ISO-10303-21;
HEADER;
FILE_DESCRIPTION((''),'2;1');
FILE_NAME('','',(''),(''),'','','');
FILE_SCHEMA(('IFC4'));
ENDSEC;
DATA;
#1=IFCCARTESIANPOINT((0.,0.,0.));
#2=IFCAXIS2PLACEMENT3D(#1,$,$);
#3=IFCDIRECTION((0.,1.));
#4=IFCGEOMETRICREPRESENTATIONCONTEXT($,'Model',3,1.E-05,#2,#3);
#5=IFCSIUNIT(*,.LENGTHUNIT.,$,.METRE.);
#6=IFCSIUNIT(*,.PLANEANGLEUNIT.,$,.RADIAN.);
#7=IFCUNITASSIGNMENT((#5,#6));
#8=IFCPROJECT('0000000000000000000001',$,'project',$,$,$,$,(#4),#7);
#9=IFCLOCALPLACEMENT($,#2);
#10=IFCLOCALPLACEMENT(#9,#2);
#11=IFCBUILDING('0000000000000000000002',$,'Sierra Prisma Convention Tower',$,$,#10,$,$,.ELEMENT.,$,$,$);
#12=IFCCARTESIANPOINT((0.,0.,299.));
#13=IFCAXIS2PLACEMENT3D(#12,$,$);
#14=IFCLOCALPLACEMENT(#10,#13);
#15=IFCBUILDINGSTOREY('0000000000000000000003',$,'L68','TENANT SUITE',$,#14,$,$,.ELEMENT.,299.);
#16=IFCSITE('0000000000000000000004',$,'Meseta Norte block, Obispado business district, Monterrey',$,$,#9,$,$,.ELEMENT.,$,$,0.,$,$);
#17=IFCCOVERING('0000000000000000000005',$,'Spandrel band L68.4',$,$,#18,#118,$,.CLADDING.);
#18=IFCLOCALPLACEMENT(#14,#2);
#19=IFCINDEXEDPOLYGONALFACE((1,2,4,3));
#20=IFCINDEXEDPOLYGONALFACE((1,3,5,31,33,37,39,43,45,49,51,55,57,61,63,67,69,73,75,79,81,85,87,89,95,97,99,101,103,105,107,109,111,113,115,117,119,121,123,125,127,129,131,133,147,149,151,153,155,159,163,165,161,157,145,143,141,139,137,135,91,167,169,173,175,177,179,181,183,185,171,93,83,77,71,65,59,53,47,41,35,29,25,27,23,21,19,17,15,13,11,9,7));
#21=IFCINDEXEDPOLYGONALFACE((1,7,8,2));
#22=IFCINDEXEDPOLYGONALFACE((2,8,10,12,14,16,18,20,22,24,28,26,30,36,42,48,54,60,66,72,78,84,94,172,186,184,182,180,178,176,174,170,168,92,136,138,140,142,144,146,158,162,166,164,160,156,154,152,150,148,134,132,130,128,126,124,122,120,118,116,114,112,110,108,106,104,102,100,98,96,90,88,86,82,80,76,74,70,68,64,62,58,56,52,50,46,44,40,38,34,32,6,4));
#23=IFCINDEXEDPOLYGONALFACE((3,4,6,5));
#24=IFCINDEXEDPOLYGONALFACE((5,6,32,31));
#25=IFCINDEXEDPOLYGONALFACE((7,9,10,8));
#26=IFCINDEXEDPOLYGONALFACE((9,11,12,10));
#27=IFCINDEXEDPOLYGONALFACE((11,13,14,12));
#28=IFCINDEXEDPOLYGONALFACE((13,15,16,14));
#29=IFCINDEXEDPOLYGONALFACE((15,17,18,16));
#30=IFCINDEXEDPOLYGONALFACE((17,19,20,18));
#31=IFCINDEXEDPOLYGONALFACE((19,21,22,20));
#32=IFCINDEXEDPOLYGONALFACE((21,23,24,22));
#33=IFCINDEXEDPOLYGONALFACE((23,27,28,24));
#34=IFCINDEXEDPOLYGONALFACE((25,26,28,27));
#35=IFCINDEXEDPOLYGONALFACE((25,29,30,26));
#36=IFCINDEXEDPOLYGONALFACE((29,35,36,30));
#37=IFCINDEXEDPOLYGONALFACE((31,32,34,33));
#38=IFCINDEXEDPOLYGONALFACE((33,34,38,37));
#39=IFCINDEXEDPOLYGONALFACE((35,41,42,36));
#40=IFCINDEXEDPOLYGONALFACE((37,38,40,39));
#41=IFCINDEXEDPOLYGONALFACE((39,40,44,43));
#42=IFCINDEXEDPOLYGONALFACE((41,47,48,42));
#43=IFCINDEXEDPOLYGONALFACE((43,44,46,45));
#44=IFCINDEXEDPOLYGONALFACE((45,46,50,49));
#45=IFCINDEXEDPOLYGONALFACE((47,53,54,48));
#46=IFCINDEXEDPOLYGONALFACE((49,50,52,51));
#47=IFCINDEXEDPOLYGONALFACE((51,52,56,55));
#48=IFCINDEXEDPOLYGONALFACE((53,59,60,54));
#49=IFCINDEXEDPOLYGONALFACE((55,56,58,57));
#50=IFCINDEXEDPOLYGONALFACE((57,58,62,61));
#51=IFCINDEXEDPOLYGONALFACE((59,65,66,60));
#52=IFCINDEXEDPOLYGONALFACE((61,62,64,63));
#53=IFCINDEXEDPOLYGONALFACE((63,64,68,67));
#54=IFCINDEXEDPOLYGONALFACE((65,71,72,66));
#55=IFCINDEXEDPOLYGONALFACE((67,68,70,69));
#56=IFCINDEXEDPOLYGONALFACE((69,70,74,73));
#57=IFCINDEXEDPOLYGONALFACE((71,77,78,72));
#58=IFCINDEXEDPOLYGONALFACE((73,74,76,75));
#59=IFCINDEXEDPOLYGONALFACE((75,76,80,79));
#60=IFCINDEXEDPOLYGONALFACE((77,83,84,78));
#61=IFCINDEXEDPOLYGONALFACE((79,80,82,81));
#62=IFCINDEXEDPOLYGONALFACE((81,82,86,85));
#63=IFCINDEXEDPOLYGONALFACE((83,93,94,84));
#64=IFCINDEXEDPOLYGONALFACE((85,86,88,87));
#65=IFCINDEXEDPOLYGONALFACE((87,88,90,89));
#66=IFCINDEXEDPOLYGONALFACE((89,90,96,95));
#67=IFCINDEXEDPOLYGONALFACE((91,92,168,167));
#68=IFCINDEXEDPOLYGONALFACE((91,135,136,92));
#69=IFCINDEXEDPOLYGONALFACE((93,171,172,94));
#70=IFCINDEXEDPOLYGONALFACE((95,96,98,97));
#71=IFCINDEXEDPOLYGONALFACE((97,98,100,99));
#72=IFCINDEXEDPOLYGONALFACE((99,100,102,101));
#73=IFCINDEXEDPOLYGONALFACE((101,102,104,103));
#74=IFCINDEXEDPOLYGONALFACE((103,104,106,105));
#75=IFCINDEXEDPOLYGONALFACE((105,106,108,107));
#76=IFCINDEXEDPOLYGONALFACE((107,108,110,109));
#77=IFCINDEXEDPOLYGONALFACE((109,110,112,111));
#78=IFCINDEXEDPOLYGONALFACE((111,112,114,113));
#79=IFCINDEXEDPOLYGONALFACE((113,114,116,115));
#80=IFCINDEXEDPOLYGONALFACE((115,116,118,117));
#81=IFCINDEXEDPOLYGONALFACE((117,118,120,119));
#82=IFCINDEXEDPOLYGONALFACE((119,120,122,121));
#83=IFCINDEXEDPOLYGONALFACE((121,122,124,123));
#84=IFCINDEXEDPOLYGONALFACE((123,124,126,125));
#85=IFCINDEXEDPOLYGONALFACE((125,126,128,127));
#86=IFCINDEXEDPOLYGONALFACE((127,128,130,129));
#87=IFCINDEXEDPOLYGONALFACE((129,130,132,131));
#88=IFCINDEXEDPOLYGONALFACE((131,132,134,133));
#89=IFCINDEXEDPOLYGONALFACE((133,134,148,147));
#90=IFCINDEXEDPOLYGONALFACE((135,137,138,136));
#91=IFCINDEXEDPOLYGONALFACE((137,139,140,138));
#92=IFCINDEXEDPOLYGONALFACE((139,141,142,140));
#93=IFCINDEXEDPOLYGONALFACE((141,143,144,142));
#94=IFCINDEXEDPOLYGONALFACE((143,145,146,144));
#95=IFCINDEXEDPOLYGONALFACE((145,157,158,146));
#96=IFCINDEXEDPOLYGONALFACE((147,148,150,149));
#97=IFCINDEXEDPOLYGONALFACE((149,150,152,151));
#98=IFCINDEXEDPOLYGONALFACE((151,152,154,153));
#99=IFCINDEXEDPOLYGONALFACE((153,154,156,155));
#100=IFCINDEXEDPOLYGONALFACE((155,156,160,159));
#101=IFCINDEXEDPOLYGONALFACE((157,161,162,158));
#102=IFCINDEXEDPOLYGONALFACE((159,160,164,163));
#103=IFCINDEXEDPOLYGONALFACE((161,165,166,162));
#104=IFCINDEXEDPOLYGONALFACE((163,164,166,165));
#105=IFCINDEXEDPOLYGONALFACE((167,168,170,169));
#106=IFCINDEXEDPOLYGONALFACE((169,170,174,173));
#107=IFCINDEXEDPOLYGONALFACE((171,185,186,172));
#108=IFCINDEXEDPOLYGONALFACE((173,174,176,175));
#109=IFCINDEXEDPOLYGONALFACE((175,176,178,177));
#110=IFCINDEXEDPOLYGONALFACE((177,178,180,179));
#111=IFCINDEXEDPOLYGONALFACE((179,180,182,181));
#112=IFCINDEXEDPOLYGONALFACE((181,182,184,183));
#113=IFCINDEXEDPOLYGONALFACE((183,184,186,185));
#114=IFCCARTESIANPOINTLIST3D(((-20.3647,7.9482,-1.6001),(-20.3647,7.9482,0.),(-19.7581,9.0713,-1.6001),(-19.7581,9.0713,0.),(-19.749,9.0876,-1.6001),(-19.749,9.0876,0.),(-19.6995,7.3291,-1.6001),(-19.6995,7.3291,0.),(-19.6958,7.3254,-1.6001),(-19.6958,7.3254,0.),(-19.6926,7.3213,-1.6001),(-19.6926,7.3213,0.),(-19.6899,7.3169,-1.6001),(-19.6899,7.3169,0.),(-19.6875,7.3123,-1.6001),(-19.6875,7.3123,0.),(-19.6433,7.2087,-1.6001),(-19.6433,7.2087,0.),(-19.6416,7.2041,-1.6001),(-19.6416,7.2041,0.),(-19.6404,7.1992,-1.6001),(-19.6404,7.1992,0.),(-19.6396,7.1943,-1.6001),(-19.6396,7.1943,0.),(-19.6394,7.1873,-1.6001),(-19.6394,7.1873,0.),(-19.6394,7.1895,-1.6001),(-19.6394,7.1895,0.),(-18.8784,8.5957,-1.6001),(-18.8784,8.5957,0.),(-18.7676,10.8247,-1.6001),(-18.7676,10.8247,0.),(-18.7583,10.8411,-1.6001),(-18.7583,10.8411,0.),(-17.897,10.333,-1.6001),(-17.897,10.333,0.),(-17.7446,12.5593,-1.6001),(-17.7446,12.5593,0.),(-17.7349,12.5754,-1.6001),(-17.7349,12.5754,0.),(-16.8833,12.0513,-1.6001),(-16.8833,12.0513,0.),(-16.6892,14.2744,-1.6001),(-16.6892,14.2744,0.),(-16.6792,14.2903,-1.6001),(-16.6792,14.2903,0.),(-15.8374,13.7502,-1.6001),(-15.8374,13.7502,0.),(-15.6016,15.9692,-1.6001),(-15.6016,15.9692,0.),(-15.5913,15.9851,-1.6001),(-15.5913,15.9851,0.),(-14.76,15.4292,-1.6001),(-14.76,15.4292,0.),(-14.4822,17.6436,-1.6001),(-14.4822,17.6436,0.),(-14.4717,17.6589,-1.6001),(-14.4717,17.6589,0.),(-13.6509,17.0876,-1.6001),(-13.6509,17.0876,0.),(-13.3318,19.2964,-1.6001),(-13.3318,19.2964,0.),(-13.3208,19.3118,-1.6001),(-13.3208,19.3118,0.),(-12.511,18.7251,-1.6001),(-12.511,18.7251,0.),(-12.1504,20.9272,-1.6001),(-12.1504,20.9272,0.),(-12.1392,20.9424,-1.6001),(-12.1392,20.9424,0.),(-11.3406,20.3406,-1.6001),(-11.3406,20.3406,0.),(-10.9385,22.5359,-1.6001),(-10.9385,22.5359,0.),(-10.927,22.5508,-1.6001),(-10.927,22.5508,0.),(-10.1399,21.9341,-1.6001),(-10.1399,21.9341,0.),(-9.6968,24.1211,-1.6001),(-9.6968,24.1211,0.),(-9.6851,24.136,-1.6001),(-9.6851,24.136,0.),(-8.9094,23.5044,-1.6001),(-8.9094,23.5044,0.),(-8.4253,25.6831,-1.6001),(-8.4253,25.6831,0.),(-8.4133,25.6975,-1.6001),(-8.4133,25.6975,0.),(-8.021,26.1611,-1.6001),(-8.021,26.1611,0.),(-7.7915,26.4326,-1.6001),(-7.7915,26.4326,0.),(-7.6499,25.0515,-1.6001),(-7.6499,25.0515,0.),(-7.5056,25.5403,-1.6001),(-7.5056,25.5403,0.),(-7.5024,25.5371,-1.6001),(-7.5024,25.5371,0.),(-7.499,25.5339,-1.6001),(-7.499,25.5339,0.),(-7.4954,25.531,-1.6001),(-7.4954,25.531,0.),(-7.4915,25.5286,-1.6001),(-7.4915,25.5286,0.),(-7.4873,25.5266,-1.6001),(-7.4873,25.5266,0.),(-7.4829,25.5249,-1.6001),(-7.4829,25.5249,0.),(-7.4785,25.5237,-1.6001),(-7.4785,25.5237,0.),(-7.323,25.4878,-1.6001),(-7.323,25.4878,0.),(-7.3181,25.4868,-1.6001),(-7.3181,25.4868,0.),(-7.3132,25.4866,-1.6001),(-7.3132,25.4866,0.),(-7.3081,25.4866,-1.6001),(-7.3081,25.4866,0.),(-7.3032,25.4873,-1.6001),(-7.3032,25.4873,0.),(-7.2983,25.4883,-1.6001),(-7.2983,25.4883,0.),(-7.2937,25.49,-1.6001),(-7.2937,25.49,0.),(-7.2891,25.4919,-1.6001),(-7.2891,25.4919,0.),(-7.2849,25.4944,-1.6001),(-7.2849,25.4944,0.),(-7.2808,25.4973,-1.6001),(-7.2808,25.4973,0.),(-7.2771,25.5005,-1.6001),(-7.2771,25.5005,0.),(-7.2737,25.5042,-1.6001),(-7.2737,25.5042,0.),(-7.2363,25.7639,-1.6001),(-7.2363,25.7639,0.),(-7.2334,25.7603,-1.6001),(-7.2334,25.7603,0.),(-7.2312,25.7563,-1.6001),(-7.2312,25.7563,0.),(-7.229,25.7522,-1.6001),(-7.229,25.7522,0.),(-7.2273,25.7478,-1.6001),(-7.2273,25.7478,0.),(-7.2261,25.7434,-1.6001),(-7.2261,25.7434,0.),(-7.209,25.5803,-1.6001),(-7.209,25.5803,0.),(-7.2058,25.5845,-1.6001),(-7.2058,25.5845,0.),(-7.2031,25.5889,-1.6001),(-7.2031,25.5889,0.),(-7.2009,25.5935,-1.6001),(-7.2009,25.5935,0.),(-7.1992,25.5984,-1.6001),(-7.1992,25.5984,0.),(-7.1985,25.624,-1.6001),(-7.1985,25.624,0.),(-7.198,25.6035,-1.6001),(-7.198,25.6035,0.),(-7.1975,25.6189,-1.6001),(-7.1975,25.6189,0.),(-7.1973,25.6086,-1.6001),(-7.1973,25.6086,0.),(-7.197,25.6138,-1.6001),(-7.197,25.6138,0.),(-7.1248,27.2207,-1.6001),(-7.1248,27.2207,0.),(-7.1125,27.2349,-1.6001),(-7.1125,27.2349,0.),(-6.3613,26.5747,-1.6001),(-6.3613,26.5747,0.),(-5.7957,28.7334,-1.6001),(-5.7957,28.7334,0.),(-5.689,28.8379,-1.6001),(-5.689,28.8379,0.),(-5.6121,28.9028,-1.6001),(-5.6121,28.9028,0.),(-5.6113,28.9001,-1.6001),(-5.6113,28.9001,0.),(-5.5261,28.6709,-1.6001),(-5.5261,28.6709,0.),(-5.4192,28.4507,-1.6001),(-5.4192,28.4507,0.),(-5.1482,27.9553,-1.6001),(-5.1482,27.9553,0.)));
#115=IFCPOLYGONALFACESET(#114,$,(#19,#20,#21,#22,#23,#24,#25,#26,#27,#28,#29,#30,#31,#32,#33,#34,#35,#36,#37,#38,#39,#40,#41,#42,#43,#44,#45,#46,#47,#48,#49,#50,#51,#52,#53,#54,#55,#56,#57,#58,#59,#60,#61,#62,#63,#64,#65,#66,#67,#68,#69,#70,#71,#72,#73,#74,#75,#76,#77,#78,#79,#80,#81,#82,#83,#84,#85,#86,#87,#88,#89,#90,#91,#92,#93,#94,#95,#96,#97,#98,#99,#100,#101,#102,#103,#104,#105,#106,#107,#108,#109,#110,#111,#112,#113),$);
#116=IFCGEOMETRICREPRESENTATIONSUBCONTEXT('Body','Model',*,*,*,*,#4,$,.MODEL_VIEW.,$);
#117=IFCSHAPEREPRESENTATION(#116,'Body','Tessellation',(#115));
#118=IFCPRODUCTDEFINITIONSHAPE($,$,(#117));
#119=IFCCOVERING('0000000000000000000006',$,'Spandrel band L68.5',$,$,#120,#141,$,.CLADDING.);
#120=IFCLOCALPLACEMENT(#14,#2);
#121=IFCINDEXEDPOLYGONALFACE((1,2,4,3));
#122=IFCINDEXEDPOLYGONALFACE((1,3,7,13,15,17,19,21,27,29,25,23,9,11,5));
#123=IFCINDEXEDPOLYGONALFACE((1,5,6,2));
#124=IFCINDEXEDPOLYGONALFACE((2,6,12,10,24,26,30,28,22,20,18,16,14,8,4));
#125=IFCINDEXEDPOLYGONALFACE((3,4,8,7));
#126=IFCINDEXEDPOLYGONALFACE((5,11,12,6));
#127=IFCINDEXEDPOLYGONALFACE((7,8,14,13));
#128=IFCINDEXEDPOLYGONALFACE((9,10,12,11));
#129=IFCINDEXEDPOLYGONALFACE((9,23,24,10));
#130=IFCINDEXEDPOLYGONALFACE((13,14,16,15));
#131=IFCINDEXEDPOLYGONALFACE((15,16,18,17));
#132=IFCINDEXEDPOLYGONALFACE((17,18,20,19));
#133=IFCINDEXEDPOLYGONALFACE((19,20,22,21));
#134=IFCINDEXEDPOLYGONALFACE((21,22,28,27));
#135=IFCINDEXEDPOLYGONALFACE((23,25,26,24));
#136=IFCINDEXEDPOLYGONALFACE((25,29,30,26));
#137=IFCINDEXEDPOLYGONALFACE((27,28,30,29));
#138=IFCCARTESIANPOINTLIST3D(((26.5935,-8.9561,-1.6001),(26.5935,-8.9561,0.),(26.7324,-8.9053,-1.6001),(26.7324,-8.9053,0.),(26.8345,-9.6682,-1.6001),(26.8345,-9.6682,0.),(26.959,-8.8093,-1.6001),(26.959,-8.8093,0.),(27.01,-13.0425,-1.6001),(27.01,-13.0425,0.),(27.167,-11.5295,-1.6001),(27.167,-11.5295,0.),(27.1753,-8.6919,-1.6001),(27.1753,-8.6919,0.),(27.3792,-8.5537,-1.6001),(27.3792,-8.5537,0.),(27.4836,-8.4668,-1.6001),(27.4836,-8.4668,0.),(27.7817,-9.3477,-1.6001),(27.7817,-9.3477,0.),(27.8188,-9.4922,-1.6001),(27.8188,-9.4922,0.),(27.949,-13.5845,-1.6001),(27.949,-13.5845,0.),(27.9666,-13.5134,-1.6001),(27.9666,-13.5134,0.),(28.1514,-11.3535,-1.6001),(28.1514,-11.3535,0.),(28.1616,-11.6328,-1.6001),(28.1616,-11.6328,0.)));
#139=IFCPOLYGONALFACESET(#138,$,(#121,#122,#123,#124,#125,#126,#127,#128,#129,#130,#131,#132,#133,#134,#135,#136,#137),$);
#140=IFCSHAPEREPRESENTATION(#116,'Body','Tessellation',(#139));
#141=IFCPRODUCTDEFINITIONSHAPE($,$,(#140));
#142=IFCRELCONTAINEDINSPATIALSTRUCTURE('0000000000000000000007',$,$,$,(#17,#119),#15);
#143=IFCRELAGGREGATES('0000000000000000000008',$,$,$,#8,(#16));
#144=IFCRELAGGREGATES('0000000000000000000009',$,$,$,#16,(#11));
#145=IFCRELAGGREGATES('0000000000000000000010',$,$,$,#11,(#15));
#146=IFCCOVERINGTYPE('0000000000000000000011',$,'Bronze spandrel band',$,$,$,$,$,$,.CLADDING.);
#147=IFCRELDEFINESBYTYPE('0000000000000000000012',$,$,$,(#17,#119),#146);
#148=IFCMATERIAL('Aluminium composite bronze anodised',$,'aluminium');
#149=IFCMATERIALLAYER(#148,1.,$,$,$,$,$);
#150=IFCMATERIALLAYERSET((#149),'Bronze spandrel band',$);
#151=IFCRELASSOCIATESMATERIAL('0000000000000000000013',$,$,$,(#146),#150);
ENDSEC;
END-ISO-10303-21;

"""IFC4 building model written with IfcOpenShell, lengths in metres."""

from ifc_helpers import new_model, si_unit, direction, frame, origin, place, context, subcontext, project, spatial, polyline, outline, extrude, material, layer, layer_set, type_object, element, save


model = new_model("IFC4")

# Units and contexts
model_context = context("Model", 3, precision=1e-05, world=origin(), true_north=direction((0.0, 1.0)))
body_context = subcontext(model_context, "Body", "Model", "MODEL_VIEW")
ifc_project = project(units=[si_unit("LENGTHUNIT", "METRE"), si_unit("PLANEANGLEUNIT", "RADIAN")], contexts=[model_context])

# Site, building, storey
site_placement = place(None, origin())
site = spatial("IfcSite", under=ifc_project, at=site_placement, Name="Meseta Norte block, Obispado business district, Monterrey", CompositionType="ELEMENT", RefElevation=0.0)
building_placement = place(site_placement, origin())
building = spatial("IfcBuilding", under=site, at=building_placement, Name="Sierra Prisma Convention Tower", CompositionType="ELEMENT")
storey_placement = place(building_placement, frame((0.0, 0.0, 299.0)))
storey = spatial("IfcBuildingStorey", under=building, at=storey_placement, Name="L68", Description="TENANT SUITE", CompositionType="ELEMENT", Elevation=299.0)

# Coverings
ifc_material_1 = material(Name="Aluminium composite bronze anodised", Category="aluminium")
ifc_layer_1 = layer(ifc_material_1, 1.0)
ifc_layer_set_1 = layer_set([ifc_layer_1], Name="Bronze spandrel band")
covering_type_1 = type_object("IfcCoveringType", Name="Bronze spandrel band", PredefinedType="CLADDING", material=ifc_layer_set_1)
covering_1_placement = place(storey_placement, frame((0.0, 0.0, -1.6001)))
element("IfcCovering", 1, at=covering_1_placement, inside=storey, type_object=covering_type_1, Name="Spandrel band L68.4", PredefinedType="CLADDING", context=body_context, shape_type="SweptSolid", body=[
    extrude(outline(polyline([(-15.6016, 15.9692), (-15.5913, 15.9851), (-14.4822, 17.6436), (-14.4717, 17.6589), (-13.3318, 19.2964), (-13.3208, 19.3118), (-12.1504, 20.9272), (-12.1392, 20.9424), (-10.9385, 22.5359), (-10.927, 22.5508), (-9.6968, 24.1211), (-9.6851, 24.136), (-8.4253, 25.6831), (-8.4133, 25.6975), (-8.021, 26.1611), (-7.5056, 25.5403), (-7.5024, 25.5371), (-7.499, 25.5339), (-7.4954, 25.531), (-7.4915, 25.5286), (-7.4873, 25.5266), (-7.4829, 25.5249), (-7.4785, 25.5237), (-7.323, 25.4878), (-7.3181, 25.4868), (-7.3132, 25.4866), (-7.3081, 25.4866), (-7.3032, 25.4873), (-7.2983, 25.4883), (-7.2937, 25.49), (-7.2891, 25.4919), (-7.2849, 25.4944), (-7.2808, 25.4973), (-7.2771, 25.5005), (-7.2737, 25.5042), (-7.209, 25.5803), (-7.2058, 25.5845), (-7.2031, 25.5889), (-7.2009, 25.5935), (-7.1992, 25.5984), (-7.198, 25.6035), (-7.1973, 25.6086), (-7.197, 25.6138), (-7.1975, 25.6189), (-7.1985, 25.624), (-7.2261, 25.7434), (-7.2273, 25.7478), (-7.229, 25.7522), (-7.2312, 25.7563), (-7.2334, 25.7603), (-7.2363, 25.7639), (-7.7915, 26.4326), (-7.1248, 27.2207), (-7.1125, 27.2349), (-5.7957, 28.7334), (-5.689, 28.8379), (-5.6121, 28.9028), (-5.6113, 28.9001), (-5.5261, 28.6709), (-5.4192, 28.4507), (-5.1482, 27.9553), (-6.3613, 26.5747), (-7.6499, 25.0515), (-8.9094, 23.5044), (-10.1399, 21.9341), (-11.3406, 20.3406), (-12.511, 18.7251), (-13.6509, 17.0876), (-14.76, 15.4292), (-15.8374, 13.7502), (-16.8833, 12.0513), (-17.897, 10.333), (-18.8784, 8.5957), (-19.6394, 7.1873), (-19.6394, 7.1895), (-19.6396, 7.1943), (-19.6404, 7.1992), (-19.6416, 7.2041), (-19.6433, 7.2087), (-19.6875, 7.3123), (-19.6899, 7.3169), (-19.6926, 7.3213), (-19.6958, 7.3254), (-19.6995, 7.3291), (-20.3647, 7.9482), (-19.7581, 9.0713), (-19.749, 9.0876), (-18.7676, 10.8247), (-18.7583, 10.8411), (-17.7446, 12.5593), (-17.7349, 12.5754), (-16.6892, 14.2744), (-16.6792, 14.2903), (-15.6016, 15.9692)])), origin(), (0.0, 0.0, 1.0), 1.6001),
])
covering_2_placement = place(storey_placement, frame((0.0, 0.0, -1.6001)))
element("IfcCovering", 2, at=covering_2_placement, inside=storey, type_object=covering_type_1, Name="Spandrel band L68.5", PredefinedType="CLADDING", context=body_context, shape_type="SweptSolid", body=[
    extrude(outline(polyline([(27.9666, -13.5134), (27.949, -13.5845), (27.01, -13.0425), (27.167, -11.5295), (26.8345, -9.6682), (26.5935, -8.9561), (26.7324, -8.9053), (26.959, -8.8093), (27.1753, -8.6919), (27.3792, -8.5537), (27.4836, -8.4668), (27.7817, -9.3477), (27.8188, -9.4922), (28.1514, -11.3535), (28.1616, -11.6328), (27.9666, -13.5134)])), origin(), (0.0, 0.0, 1.0), 1.6001),
])

save(model, "model.ifc")
